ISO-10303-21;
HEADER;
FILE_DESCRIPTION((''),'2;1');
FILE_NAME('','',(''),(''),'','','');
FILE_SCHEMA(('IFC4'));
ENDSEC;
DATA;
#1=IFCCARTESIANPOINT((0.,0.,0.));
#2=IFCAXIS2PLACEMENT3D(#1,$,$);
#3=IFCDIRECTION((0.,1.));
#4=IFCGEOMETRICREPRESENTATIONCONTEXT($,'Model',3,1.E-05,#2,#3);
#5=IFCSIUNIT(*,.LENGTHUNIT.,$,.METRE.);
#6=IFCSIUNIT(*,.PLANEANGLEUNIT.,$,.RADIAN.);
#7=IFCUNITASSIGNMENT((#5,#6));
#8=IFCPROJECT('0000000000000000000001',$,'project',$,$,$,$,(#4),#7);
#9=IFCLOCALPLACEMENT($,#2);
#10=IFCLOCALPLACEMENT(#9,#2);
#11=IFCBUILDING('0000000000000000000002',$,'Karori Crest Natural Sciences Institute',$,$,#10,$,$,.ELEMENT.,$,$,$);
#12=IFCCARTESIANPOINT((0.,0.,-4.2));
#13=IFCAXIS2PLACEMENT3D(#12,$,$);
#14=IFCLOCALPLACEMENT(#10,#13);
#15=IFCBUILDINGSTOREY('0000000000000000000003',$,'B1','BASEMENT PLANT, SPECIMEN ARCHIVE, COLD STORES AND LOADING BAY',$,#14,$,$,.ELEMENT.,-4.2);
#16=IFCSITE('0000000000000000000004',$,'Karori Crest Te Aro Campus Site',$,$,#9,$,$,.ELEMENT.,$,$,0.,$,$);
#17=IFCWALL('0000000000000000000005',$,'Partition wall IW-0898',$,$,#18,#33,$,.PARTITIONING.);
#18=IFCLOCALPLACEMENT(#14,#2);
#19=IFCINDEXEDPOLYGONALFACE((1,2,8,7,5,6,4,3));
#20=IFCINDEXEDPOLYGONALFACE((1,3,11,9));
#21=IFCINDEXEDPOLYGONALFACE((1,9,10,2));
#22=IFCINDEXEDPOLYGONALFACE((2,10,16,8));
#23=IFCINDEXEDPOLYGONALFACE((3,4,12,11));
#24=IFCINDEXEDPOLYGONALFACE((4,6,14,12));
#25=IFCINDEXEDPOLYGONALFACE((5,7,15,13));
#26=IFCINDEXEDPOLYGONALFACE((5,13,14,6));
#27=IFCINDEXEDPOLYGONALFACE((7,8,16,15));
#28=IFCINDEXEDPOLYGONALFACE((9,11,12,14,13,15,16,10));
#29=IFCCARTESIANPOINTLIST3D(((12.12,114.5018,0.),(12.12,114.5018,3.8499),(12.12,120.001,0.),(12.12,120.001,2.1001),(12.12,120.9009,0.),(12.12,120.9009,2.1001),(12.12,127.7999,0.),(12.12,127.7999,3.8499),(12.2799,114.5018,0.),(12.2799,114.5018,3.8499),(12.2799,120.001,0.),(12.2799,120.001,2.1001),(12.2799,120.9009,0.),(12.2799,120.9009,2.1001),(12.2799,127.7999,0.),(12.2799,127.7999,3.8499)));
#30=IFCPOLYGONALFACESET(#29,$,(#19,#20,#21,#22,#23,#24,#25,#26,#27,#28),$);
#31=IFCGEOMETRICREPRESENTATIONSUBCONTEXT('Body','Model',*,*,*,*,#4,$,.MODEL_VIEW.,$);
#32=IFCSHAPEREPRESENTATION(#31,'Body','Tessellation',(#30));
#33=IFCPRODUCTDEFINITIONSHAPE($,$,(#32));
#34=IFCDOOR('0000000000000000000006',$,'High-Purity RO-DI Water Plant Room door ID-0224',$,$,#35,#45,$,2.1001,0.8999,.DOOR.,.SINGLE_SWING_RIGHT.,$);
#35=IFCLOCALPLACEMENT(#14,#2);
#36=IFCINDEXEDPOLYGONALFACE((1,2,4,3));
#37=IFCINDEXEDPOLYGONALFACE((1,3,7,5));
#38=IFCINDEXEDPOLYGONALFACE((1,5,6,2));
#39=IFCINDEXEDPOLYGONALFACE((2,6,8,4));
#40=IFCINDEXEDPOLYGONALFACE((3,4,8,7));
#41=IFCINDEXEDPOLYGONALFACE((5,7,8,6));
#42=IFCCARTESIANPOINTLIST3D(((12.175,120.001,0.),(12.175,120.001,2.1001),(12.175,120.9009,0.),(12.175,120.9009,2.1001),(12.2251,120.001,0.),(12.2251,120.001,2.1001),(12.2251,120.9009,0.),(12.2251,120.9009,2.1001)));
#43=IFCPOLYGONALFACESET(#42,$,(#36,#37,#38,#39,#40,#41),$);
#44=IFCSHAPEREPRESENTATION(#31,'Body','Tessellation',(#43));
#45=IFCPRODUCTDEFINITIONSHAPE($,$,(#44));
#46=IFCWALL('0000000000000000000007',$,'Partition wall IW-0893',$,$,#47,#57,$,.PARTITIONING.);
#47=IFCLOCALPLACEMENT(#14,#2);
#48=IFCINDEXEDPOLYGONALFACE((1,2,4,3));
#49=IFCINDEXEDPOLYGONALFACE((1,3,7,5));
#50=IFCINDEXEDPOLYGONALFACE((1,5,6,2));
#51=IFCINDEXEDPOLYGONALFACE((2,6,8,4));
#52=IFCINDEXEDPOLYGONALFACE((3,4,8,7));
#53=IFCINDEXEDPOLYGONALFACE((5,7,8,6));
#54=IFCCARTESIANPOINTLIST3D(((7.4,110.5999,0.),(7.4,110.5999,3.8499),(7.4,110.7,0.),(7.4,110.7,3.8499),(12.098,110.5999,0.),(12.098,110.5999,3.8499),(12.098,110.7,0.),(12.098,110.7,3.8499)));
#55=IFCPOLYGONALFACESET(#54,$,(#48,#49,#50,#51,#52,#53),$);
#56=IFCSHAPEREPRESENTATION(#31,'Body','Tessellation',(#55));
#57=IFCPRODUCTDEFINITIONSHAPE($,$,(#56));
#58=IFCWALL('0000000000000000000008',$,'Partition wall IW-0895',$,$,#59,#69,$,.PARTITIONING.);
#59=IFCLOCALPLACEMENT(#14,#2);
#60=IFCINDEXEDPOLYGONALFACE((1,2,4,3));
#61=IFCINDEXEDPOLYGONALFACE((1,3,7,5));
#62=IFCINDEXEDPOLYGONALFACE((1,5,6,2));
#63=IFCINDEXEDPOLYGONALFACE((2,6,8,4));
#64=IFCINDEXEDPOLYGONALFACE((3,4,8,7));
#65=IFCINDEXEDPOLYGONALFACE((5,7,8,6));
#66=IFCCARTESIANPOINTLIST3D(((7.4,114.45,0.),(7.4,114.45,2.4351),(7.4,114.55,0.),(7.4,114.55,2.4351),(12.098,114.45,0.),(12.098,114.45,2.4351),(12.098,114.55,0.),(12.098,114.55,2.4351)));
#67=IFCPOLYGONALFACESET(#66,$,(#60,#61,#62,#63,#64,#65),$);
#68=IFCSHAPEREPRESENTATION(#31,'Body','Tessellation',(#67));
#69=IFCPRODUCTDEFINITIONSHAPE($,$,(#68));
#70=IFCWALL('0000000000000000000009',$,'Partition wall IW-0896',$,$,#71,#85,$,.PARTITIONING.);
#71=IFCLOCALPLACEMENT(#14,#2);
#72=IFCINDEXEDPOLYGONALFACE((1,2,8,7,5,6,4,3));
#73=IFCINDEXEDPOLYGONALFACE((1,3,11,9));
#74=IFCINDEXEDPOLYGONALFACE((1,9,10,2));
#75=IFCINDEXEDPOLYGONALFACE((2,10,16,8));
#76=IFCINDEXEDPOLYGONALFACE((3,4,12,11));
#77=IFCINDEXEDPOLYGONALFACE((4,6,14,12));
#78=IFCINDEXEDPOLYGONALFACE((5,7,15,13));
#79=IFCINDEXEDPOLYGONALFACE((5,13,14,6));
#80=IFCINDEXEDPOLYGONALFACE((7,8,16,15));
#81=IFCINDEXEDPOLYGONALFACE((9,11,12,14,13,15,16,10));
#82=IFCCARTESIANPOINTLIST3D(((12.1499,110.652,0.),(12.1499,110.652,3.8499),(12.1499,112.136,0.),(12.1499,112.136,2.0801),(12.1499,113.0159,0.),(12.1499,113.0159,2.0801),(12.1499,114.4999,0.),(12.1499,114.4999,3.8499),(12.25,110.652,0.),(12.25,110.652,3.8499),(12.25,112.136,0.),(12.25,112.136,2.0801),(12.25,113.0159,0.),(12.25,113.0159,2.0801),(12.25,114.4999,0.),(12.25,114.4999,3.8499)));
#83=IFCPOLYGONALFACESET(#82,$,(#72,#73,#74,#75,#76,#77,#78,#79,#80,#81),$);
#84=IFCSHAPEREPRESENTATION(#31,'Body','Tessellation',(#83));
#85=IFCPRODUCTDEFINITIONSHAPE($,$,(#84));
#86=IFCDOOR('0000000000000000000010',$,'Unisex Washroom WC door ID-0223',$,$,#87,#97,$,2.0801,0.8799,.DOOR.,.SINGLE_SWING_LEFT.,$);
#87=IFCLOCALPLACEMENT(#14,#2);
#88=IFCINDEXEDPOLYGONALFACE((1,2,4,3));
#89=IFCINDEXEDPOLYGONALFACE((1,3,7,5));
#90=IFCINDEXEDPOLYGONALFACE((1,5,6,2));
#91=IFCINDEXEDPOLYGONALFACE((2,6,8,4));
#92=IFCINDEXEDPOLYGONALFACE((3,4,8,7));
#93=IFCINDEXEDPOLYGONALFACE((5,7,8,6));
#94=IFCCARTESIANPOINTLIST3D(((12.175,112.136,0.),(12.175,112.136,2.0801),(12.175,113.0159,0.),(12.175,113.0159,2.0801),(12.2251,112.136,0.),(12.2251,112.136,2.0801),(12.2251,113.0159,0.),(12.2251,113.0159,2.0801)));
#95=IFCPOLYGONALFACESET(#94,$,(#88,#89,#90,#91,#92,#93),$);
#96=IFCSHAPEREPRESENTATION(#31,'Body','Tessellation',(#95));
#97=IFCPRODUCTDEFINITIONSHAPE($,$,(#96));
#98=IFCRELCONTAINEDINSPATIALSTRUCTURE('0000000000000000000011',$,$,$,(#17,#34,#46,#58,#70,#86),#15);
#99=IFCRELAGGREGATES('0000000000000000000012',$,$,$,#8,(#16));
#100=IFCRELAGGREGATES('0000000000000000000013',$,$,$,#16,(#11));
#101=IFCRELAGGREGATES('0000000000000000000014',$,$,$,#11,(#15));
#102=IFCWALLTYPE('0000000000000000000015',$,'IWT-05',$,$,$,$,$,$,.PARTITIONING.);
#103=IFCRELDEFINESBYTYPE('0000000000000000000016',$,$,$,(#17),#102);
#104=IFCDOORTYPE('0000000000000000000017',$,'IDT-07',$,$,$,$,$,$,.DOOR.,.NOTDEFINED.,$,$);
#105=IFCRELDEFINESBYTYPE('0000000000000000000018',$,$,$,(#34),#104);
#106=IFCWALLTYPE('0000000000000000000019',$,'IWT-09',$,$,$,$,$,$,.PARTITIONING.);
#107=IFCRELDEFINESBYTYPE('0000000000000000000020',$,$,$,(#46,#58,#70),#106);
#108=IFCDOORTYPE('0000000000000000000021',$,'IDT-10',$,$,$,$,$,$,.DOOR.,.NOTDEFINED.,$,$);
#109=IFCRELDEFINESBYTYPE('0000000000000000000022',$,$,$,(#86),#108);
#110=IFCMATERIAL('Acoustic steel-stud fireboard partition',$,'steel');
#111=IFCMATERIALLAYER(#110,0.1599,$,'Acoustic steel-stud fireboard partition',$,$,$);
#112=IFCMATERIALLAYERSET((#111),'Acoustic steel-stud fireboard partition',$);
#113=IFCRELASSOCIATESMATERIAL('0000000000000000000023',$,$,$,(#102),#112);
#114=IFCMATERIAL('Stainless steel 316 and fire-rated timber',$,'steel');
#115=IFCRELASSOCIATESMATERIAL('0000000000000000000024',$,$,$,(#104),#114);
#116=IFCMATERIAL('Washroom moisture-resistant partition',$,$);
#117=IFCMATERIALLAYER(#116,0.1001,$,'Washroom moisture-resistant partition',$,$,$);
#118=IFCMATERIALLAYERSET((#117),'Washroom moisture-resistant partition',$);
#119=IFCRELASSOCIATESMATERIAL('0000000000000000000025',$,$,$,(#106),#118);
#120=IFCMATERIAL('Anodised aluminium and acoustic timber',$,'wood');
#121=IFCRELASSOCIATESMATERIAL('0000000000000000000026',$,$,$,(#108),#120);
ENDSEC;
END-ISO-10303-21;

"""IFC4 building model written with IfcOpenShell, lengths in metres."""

from ifc_helpers import new_model, si_unit, direction, frame, frame_2d, origin, place, context, subcontext, project, spatial, rectangle, extrude, material, layer, layer_set, type_object, element, fill, save


model = new_model("IFC4")

# Units and contexts
model_context = context("Model", 3, precision=1e-05, world=origin(), true_north=direction((0.0, 1.0)))
body_context = subcontext(model_context, "Body", "Model", "MODEL_VIEW")
ifc_project = project(units=[si_unit("LENGTHUNIT", "METRE"), si_unit("PLANEANGLEUNIT", "RADIAN")], contexts=[model_context])

# Site, building, storey
site_placement = place(None, origin())
site = spatial("IfcSite", under=ifc_project, at=site_placement, Name="Karori Crest Te Aro Campus Site", CompositionType="ELEMENT", RefElevation=0.0)
building_placement = place(site_placement, origin())
building = spatial("IfcBuilding", under=site, at=building_placement, Name="Karori Crest Natural Sciences Institute", CompositionType="ELEMENT")
storey_placement = place(building_placement, frame((0.0, 0.0, -4.2)))
storey = spatial("IfcBuildingStorey", under=building, at=storey_placement, Name="B1", Description="BASEMENT PLANT, SPECIMEN ARCHIVE, COLD STORES AND LOADING BAY", CompositionType="ELEMENT", Elevation=-4.2)

# Wall, opening, door
ifc_material_1 = material(Name="Acoustic steel-stud fireboard partition", Category="steel")
ifc_layer_1 = layer(ifc_material_1, 0.1599, Name="Acoustic steel-stud fireboard partition")
ifc_layer_set_1 = layer_set([ifc_layer_1], Name="Acoustic steel-stud fireboard partition")
wall_type_1 = type_object("IfcWallType", Name="IWT-05", PredefinedType="PARTITIONING", material=ifc_layer_set_1)
wall_1_placement = place(storey_placement, frame((12.2, 114.502, 0.0), z_axis=(0.0, 0.0, 1.0), x_axis=(0.0, 1.0, 0.0)))
wall_1 = element("IfcWall", 1, at=wall_1_placement, inside=storey, type_object=wall_type_1, Name="Partition wall IW-0898", PredefinedType="PARTITIONING", context=body_context, shape_type="SweptSolid", body=[
    extrude(rectangle(XDim=13.2981, YDim=0.1599, at=frame_2d((6.6489, 0.0))), origin(), (0.0, 0.0, 1.0), 3.8499),
])
opening_1_placement = place(wall_1_placement, frame((5.499, 0.0, 0.0)))
opening_1 = element("IfcOpeningElement", 2, at=opening_1_placement, cuts=wall_1, PredefinedType="OPENING", context=body_context, shape_type="SweptSolid", body=[
    extrude(rectangle(XDim=0.8999, YDim=2.1001, at=frame_2d((0.45, 1.05))), frame((0.0, 0.0898, 0.0), z_axis=(0.0, -1.0, 0.0), x_axis=(1.0, 0.0, 0.0)), (0.0, 0.0, 1.0), 0.1799),
])
ifc_material_2 = material(Name="Stainless steel 316 and fire-rated timber", Category="steel")
door_type_1 = type_object("IfcDoorType", Name="IDT-07", OperationType="NOTDEFINED", PredefinedType="DOOR", material=ifc_material_2)
door_1_placement = place(opening_1_placement, origin())
door_1 = element("IfcDoor", 3, at=door_1_placement, inside=storey, type_object=door_type_1, Name="High-Purity RO-DI Water Plant Room door ID-0224", OperationType="SINGLE_SWING_RIGHT", OverallHeight=2.1001, OverallWidth=0.8999, PredefinedType="DOOR", context=body_context, shape_type="SweptSolid", body=[
    extrude(rectangle(XDim=0.8999, YDim=2.1001, at=frame_2d((0.45, 1.05))), frame((0.0, 0.0249, 0.0), z_axis=(0.0, -1.0, 0.0), x_axis=(1.0, 0.0, 0.0)), (0.0, 0.0, 1.0), 0.05),
])
fill(opening_1, door_1)

# Walls
ifc_material_3 = material(Name="Washroom moisture-resistant partition")
ifc_layer_2 = layer(ifc_material_3, 0.1001, Name="Washroom moisture-resistant partition")
ifc_layer_set_2 = layer_set([ifc_layer_2], Name="Washroom moisture-resistant partition")
wall_type_2 = type_object("IfcWallType", Name="IWT-09", PredefinedType="PARTITIONING", material=ifc_layer_set_2)
wall_2_placement = place(storey_placement, frame((7.3999, 110.6499, 0.0), z_axis=(0.0, 0.0, 1.0), x_axis=(1.0, 0.0, 0.0)))
element("IfcWall", 4, at=wall_2_placement, inside=storey, type_object=wall_type_2, Name="Partition wall IW-0893", PredefinedType="PARTITIONING", context=body_context, shape_type="SweptSolid", body=[
    extrude(rectangle(XDim=4.698, YDim=0.1001, at=frame_2d((2.3491, 0.0))), origin(), (0.0, 0.0, 1.0), 3.8499),
])
wall_3_placement = place(storey_placement, frame((7.3999, 114.5, 0.0), z_axis=(0.0, 0.0, 1.0), x_axis=(1.0, 0.0, 0.0)))
element("IfcWall", 5, at=wall_3_placement, inside=storey, type_object=wall_type_2, Name="Partition wall IW-0895", PredefinedType="PARTITIONING", context=body_context, shape_type="SweptSolid", body=[
    extrude(rectangle(XDim=4.698, YDim=0.1001, at=frame_2d((2.3491, 0.0))), origin(), (0.0, 0.0, 1.0), 2.4351),
])

# Wall, opening, door
wall_4_placement = place(storey_placement, frame((12.2, 110.6521, 0.0), z_axis=(0.0, 0.0, 1.0), x_axis=(0.0, 1.0, 0.0)))
wall_4 = element("IfcWall", 6, at=wall_4_placement, inside=storey, type_object=wall_type_2, Name="Partition wall IW-0896", PredefinedType="PARTITIONING", context=body_context, shape_type="SweptSolid", body=[
    extrude(rectangle(XDim=3.8479, YDim=0.1001, at=frame_2d((1.9238, 0.0))), origin(), (0.0, 0.0, 1.0), 3.8499),
])
opening_2_placement = place(wall_4_placement, frame((1.4839, 0.0, 0.0)))
opening_2 = element("IfcOpeningElement", 7, at=opening_2_placement, cuts=wall_4, PredefinedType="OPENING", context=body_context, shape_type="SweptSolid", body=[
    extrude(rectangle(XDim=0.8799, YDim=2.0801, at=frame_2d((0.4399, 1.04))), frame((0.0, 0.0601, 0.0), z_axis=(0.0, -1.0, 0.0), x_axis=(1.0, 0.0, 0.0)), (0.0, 0.0, 1.0), 0.1201),
])
ifc_material_4 = material(Name="Anodised aluminium and acoustic timber", Category="wood")
door_type_2 = type_object("IfcDoorType", Name="IDT-10", OperationType="NOTDEFINED", PredefinedType="DOOR", material=ifc_material_4)
door_2_placement = place(opening_2_placement, origin())
door_2 = element("IfcDoor", 8, at=door_2_placement, inside=storey, type_object=door_type_2, Name="Unisex Washroom WC door ID-0223", OperationType="SINGLE_SWING_LEFT", OverallHeight=2.0801, OverallWidth=0.8799, PredefinedType="DOOR", context=body_context, shape_type="SweptSolid", body=[
    extrude(rectangle(XDim=0.8799, YDim=2.0801, at=frame_2d((0.4399, 1.04))), frame((0.0, 0.0249, 0.0), z_axis=(0.0, -1.0, 0.0), x_axis=(1.0, 0.0, 0.0)), (0.0, 0.0, 1.0), 0.05),
])
fill(opening_2, door_2)

save(model, "model.ifc")
